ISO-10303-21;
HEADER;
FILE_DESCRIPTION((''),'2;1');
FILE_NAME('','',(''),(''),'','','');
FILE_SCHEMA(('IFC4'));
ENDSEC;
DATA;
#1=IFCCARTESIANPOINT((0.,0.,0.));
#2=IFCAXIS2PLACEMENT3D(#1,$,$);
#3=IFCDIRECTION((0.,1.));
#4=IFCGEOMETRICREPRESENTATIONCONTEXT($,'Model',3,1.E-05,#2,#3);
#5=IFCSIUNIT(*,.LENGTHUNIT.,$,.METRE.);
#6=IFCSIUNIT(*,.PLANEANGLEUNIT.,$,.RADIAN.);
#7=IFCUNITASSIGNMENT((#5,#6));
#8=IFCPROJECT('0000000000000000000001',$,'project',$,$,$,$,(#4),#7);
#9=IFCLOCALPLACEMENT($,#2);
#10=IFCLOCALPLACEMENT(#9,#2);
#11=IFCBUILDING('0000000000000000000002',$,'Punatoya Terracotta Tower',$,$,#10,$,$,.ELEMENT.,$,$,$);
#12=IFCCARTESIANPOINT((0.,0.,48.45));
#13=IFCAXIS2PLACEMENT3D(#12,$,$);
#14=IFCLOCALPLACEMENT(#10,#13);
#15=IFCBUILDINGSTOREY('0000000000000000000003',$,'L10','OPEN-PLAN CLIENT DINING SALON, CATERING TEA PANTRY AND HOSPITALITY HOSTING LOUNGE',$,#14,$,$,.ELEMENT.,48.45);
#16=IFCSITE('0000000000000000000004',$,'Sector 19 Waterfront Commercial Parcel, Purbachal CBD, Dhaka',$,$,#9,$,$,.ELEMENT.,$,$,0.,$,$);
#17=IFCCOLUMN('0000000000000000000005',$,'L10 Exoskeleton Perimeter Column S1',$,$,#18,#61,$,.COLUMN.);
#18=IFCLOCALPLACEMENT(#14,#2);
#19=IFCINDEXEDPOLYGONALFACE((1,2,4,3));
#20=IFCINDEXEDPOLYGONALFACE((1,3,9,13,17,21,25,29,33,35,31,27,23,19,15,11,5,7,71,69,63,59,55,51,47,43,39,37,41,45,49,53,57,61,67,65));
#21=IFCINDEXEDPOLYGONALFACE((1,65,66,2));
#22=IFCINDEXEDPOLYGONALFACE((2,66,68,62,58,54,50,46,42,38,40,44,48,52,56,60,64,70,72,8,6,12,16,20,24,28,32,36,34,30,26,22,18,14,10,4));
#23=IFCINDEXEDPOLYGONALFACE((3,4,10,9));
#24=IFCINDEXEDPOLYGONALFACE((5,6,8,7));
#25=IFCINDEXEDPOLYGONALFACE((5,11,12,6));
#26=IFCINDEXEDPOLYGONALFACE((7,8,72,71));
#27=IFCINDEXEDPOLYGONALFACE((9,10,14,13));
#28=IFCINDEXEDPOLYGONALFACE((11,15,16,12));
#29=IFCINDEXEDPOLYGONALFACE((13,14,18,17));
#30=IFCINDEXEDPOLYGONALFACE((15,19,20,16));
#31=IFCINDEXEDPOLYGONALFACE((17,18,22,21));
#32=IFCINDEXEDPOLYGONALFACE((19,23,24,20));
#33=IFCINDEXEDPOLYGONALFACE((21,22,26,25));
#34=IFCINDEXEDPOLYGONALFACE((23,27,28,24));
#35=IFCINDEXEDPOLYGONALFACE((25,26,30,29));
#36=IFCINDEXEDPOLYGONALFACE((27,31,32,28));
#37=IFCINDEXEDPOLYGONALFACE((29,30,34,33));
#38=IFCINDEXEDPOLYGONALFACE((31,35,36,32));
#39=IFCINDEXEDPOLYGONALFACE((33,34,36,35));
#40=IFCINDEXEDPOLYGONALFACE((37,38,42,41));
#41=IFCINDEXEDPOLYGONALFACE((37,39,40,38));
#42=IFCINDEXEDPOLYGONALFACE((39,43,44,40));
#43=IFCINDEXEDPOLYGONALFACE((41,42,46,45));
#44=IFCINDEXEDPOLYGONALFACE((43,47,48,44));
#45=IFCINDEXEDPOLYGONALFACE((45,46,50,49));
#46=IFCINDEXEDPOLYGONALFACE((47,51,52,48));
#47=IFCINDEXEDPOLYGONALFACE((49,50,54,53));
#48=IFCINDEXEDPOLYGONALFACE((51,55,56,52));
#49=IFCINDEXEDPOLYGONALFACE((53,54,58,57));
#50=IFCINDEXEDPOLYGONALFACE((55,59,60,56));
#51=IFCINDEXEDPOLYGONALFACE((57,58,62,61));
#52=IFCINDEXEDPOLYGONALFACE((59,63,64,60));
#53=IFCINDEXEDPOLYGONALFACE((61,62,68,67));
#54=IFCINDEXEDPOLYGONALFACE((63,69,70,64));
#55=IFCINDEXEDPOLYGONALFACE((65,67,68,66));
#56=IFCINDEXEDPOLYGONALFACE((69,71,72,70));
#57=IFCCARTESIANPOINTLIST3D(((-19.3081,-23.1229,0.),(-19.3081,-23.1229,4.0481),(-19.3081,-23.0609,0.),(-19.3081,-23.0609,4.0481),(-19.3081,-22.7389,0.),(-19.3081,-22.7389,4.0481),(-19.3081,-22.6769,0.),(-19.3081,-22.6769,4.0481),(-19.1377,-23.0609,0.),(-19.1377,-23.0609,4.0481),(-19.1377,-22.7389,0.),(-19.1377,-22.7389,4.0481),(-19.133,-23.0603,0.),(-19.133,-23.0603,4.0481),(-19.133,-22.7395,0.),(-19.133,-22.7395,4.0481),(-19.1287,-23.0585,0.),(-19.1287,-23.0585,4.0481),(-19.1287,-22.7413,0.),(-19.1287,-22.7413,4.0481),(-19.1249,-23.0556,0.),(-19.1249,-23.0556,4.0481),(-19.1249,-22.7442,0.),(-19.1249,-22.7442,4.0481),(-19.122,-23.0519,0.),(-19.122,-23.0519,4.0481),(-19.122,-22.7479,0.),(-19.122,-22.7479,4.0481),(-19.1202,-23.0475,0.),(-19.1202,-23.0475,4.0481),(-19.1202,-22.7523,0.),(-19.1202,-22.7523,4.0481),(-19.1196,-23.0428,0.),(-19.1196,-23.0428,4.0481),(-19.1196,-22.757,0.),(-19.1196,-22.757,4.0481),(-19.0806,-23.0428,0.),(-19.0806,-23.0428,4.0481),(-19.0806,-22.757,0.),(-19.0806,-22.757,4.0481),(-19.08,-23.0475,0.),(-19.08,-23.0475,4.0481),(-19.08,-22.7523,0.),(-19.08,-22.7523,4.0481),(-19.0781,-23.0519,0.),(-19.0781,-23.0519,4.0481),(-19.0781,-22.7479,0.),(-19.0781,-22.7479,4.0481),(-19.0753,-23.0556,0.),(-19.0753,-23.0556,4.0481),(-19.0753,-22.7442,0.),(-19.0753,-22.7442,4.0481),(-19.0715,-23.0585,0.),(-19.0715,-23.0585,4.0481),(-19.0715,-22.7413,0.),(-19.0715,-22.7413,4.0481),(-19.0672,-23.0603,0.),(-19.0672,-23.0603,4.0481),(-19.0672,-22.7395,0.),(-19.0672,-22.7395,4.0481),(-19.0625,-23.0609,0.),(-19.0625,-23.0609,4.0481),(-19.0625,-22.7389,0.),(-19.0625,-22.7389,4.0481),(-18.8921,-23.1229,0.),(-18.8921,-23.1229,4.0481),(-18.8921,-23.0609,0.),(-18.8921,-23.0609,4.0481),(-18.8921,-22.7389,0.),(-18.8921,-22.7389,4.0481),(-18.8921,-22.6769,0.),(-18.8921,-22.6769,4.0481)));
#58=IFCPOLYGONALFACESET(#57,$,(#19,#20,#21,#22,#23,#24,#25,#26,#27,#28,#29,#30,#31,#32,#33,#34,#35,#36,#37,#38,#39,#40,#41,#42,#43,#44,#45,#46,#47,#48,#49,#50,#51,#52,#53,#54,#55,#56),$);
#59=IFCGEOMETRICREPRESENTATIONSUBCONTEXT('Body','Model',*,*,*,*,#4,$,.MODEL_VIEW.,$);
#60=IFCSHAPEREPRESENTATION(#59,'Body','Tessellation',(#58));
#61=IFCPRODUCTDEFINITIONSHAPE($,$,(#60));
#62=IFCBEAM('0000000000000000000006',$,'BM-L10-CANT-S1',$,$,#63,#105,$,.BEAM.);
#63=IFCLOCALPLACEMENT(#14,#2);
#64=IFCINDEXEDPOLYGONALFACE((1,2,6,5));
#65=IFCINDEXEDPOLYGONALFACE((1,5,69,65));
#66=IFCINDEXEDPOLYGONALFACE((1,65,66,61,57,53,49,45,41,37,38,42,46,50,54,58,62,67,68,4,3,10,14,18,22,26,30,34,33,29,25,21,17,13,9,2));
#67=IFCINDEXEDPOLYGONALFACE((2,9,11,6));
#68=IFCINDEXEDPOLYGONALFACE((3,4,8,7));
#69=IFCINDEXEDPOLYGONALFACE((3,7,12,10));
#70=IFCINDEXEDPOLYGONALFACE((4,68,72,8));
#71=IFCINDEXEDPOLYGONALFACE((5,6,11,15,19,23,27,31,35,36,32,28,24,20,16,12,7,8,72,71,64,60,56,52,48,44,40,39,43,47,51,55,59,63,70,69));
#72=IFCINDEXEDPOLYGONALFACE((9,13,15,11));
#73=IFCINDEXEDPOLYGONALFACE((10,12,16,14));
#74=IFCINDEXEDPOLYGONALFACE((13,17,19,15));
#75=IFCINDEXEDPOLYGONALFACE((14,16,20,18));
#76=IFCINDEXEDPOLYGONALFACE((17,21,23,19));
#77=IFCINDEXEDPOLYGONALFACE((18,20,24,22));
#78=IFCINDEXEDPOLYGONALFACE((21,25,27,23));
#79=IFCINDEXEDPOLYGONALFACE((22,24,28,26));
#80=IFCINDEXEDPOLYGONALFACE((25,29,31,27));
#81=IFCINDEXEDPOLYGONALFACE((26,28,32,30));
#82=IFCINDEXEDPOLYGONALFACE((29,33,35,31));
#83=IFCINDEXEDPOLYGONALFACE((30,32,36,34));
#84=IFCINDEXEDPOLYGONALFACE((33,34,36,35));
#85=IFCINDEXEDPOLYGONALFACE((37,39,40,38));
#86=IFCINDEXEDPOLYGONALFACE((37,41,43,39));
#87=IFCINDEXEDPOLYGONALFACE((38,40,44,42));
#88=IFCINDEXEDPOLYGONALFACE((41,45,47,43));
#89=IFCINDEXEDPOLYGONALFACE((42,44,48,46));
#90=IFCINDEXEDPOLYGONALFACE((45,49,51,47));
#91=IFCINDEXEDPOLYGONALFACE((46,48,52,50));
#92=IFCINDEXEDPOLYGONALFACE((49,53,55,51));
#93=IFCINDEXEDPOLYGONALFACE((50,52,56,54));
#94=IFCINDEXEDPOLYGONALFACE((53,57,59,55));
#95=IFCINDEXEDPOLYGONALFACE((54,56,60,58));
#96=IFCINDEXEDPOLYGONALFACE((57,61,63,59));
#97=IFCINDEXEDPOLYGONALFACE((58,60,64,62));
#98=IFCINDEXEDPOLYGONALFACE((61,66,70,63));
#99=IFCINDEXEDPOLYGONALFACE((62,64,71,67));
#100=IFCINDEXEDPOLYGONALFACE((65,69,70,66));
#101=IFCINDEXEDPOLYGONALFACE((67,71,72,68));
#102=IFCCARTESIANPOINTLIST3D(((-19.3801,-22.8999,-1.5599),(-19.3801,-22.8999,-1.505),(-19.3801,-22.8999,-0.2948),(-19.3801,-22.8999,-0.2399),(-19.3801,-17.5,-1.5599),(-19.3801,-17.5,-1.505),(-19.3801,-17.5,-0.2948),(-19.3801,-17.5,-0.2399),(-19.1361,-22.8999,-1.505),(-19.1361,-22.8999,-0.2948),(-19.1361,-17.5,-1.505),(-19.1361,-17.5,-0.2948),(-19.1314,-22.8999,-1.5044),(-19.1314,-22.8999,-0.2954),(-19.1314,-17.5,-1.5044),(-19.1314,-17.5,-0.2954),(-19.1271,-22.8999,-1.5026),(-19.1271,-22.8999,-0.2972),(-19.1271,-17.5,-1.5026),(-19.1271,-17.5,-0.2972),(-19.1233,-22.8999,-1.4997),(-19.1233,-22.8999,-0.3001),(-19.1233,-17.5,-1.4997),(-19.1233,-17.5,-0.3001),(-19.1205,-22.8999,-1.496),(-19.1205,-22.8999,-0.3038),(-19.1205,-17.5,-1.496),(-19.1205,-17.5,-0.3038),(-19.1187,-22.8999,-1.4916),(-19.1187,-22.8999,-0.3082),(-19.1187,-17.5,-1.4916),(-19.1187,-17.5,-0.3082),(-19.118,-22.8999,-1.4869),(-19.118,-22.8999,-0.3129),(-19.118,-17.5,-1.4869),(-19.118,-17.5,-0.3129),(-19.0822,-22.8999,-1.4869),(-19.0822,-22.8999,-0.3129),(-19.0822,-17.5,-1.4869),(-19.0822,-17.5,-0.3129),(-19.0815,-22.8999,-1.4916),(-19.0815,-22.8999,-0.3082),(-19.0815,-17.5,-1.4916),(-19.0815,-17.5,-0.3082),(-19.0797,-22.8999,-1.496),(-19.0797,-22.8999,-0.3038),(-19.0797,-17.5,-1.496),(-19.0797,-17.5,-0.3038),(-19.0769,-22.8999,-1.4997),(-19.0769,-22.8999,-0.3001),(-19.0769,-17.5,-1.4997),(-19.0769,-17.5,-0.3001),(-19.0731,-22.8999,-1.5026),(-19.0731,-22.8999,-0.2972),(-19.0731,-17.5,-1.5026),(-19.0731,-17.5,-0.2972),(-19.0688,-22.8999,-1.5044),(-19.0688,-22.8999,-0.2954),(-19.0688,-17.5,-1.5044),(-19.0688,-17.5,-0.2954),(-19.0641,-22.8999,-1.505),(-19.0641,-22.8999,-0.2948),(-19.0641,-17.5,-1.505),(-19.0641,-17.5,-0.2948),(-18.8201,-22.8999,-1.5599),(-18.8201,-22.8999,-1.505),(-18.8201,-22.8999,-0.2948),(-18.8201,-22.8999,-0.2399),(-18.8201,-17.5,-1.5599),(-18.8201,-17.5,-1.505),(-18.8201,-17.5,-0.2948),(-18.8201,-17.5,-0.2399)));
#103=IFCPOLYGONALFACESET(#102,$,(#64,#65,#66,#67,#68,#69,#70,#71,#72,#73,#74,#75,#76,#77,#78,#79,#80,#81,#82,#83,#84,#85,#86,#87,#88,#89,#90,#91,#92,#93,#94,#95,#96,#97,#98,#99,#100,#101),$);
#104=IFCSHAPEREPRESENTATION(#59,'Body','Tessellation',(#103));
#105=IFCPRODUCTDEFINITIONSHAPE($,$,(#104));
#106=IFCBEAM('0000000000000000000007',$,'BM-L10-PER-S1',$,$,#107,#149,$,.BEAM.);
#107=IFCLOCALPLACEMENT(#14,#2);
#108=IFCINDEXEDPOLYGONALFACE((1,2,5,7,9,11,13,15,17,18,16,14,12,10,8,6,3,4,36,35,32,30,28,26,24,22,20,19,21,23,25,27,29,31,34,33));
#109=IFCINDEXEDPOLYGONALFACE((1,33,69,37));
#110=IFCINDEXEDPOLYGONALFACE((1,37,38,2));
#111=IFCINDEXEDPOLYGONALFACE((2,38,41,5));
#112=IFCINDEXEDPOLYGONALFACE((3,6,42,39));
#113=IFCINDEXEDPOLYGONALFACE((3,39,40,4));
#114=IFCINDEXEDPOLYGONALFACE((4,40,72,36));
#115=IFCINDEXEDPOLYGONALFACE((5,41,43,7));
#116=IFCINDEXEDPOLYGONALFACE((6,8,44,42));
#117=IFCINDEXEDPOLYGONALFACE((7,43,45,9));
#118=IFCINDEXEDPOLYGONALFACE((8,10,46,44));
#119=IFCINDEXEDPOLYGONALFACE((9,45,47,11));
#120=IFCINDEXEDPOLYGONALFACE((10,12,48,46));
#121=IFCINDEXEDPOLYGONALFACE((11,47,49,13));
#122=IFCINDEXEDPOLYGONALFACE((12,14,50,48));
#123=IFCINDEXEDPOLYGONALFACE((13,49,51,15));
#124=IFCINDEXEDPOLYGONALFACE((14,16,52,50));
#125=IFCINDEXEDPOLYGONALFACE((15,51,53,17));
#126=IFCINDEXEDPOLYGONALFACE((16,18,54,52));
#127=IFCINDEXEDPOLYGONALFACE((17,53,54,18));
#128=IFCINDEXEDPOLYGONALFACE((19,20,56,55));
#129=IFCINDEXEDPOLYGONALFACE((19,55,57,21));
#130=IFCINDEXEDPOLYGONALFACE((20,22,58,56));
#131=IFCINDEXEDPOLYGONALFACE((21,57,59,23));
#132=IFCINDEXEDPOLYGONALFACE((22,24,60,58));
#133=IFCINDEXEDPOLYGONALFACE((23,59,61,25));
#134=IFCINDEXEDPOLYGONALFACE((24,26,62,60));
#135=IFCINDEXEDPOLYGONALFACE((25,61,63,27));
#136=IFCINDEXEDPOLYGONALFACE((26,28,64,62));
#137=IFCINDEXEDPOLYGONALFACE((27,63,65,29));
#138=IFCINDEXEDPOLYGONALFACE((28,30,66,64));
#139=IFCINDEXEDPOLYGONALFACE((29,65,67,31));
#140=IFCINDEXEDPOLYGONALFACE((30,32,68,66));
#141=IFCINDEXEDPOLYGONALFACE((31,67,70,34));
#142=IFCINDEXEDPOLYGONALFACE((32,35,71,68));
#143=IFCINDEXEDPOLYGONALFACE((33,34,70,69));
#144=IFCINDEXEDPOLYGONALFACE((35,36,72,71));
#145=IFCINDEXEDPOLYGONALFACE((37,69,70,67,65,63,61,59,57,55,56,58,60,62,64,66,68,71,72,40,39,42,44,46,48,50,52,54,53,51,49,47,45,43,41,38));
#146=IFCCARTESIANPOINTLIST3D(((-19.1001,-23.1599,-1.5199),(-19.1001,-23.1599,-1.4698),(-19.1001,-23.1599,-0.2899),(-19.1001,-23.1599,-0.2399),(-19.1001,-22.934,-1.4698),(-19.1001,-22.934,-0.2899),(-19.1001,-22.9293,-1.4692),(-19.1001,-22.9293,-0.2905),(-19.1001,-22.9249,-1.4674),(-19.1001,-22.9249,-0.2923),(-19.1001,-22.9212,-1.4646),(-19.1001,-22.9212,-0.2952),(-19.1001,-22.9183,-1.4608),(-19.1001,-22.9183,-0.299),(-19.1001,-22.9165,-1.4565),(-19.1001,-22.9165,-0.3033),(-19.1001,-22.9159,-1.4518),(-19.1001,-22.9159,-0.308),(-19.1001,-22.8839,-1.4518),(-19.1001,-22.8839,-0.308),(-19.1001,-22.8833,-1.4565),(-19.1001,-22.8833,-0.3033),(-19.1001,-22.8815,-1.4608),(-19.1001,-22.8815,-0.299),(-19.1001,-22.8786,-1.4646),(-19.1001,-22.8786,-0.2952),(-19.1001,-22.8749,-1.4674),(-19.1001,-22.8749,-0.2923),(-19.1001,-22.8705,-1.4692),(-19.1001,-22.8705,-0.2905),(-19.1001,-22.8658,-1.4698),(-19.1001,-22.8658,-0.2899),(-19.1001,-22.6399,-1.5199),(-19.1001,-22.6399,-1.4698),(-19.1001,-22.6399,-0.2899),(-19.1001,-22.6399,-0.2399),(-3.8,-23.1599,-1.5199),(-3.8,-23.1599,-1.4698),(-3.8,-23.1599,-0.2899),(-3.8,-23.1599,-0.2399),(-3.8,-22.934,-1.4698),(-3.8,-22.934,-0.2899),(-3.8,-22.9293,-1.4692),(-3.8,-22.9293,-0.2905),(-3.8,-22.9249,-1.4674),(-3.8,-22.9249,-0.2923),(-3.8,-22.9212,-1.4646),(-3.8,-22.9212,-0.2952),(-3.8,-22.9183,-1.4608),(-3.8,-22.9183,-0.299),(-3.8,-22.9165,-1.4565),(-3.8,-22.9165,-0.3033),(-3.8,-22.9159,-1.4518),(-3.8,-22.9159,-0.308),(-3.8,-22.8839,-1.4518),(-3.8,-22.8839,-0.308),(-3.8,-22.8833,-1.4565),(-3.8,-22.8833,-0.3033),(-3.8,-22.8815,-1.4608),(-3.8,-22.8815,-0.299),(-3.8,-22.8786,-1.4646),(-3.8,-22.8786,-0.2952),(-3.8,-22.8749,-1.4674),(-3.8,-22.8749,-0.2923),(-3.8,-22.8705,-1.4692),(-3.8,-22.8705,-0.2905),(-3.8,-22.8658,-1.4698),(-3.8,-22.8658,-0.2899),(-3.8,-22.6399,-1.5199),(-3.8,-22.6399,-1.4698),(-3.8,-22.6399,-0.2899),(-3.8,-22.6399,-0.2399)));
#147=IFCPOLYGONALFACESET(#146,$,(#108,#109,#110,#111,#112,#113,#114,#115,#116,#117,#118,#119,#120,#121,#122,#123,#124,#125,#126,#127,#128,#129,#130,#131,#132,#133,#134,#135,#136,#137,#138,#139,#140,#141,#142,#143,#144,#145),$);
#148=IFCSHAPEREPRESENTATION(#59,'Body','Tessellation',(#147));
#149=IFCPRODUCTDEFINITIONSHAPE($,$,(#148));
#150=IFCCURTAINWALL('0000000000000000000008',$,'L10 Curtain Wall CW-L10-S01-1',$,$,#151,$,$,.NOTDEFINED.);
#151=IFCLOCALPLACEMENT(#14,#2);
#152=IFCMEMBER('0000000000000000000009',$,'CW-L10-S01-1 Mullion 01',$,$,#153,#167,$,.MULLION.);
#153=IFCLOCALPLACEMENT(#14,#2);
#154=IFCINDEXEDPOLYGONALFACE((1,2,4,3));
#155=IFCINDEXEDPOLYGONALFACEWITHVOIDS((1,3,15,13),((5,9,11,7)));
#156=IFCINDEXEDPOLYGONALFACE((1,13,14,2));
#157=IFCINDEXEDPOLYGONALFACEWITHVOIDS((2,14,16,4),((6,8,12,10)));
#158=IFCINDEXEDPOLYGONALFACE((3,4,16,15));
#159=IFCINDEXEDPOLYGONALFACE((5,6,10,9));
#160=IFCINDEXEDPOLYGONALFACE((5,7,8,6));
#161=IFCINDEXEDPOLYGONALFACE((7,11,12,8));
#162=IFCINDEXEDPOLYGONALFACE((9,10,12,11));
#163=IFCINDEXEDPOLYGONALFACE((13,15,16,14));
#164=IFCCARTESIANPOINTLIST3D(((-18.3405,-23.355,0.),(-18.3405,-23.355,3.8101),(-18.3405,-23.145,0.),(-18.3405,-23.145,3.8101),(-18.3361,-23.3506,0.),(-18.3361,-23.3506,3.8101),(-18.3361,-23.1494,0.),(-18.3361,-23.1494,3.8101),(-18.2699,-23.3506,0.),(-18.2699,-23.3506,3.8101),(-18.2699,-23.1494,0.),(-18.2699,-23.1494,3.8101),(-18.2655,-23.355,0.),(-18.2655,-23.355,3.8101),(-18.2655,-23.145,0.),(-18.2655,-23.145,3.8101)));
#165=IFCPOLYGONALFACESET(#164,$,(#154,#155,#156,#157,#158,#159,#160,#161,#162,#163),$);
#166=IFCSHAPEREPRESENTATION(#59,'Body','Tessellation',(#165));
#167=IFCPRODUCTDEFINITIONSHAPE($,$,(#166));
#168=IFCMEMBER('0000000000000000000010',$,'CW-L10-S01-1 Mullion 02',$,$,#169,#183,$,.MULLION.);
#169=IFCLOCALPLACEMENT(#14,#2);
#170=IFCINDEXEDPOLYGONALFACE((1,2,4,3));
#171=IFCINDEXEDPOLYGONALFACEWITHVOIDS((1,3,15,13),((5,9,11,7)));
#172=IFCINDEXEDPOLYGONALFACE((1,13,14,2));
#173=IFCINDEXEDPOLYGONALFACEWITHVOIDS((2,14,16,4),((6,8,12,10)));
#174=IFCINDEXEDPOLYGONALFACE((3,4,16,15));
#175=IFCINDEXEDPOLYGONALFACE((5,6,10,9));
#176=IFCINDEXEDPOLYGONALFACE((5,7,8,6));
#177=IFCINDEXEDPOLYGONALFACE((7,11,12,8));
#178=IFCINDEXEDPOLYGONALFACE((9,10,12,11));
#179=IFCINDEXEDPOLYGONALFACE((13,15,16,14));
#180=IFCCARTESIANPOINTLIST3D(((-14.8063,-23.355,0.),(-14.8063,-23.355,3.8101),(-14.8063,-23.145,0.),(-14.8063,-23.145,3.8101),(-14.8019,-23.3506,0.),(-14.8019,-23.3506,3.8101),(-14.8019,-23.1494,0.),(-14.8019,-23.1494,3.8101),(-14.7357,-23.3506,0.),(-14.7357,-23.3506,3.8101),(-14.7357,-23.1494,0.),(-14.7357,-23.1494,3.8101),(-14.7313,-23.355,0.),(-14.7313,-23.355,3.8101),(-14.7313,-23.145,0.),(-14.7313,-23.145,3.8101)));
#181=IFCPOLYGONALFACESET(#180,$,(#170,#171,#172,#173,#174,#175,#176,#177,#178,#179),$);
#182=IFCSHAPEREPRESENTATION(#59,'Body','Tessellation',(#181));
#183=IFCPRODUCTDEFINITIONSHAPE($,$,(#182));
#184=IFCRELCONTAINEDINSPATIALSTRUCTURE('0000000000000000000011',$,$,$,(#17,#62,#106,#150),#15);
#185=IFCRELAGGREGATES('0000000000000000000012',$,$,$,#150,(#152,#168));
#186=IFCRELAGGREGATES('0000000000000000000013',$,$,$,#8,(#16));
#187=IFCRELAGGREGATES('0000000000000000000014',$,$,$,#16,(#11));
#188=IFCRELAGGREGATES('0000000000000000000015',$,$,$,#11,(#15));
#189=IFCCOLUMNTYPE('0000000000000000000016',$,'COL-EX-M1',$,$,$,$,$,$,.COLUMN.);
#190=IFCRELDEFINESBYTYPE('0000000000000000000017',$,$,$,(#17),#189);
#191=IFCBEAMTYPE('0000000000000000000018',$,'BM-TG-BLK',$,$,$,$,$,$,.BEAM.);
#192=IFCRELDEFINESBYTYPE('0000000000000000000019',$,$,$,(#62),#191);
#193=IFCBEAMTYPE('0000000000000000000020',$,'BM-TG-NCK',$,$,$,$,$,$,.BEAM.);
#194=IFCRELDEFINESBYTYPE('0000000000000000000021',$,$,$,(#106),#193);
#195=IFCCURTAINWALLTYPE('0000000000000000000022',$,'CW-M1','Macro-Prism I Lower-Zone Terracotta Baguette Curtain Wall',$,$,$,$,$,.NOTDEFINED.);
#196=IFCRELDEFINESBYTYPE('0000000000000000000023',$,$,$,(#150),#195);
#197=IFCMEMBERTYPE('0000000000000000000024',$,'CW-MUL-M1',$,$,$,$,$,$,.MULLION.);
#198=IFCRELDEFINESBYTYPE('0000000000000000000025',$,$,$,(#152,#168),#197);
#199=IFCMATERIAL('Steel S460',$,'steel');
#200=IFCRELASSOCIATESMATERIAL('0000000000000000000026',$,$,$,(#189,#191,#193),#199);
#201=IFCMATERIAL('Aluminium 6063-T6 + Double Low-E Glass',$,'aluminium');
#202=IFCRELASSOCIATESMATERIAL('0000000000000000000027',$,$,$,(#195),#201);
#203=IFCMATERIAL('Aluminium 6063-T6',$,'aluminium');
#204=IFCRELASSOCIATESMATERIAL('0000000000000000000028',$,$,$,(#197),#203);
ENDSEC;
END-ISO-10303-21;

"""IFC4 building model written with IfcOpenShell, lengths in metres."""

from ifc_helpers import new_model, si_unit, direction, frame, origin, origin_2d, place, context, subcontext, project, spatial, hollow_rectangle, i_section, extrude, material, material_profile, profile_set, type_object, element, aggregate, save


model = new_model("IFC4")

# Units and contexts
model_context = context("Model", 3, precision=1e-05, world=origin(), true_north=direction((0.0, 1.0)))
body_context = subcontext(model_context, "Body", "Model", "MODEL_VIEW")
ifc_project = project(units=[si_unit("LENGTHUNIT", "METRE"), si_unit("PLANEANGLEUNIT", "RADIAN")], contexts=[model_context])

# Site, building, storey
site_placement = place(None, origin())
site = spatial("IfcSite", under=ifc_project, at=site_placement, Name="Sector 19 Waterfront Commercial Parcel, Purbachal CBD, Dhaka", CompositionType="ELEMENT", RefElevation=0.0)
building_placement = place(site_placement, origin())
building = spatial("IfcBuilding", under=site, at=building_placement, Name="Punatoya Terracotta Tower", CompositionType="ELEMENT")
storey_placement = place(building_placement, frame((0.0, 0.0, 48.45)))
storey = spatial("IfcBuildingStorey", under=building, at=storey_placement, Name="L10", Description="OPEN-PLAN CLIENT DINING SALON, CATERING TEA PANTRY AND HOSPITALITY HOSTING LOUNGE", CompositionType="ELEMENT", Elevation=48.45)

# Column
ifc_material_1 = material(Name="Steel S460", Category="steel")
ifc_material_profile_1 = material_profile(ifc_material_1, i_section(OverallWidth=0.416, OverallDepth=0.446, WebThickness=0.0391, FlangeThickness=0.062, FilletRadius=0.0181, at=origin_2d()))
ifc_profile_set_1 = profile_set([ifc_material_profile_1], Name="Steel S460")
column_type = type_object("IfcColumnType", Name="COL-EX-M1", PredefinedType="COLUMN", material=ifc_profile_set_1)
column_placement = place(storey_placement, frame((-19.1001, -22.8999, 0.0), z_axis=(0.0, 0.0, 1.0), x_axis=(1.0, 0.0, 0.0)))
element("IfcColumn", 1, at=column_placement, inside=storey, type_object=column_type, Name="L10 Exoskeleton Perimeter Column S1", PredefinedType="COLUMN", context=body_context, shape_type="SweptSolid", body=[
    extrude(i_section(OverallWidth=0.416, OverallDepth=0.446, WebThickness=0.0391, FlangeThickness=0.062, FilletRadius=0.0181, at=origin_2d()), origin(), (0.0, 0.0, 1.0), 4.0481),
])

# Beams
ifc_material_profile_2 = material_profile(ifc_material_1, i_section(OverallWidth=0.5601, OverallDepth=1.3201, WebThickness=0.0359, FlangeThickness=0.0549, FilletRadius=0.0181, at=origin_2d()))
ifc_profile_set_2 = profile_set([ifc_material_profile_2], Name="Steel S460")
beam_type_1 = type_object("IfcBeamType", Name="BM-TG-BLK", PredefinedType="BEAM", material=ifc_profile_set_2)
beam_1_placement = place(storey_placement, frame((-19.1001, -22.8999, -0.8999), z_axis=(0.0, 1.0, 0.0), x_axis=(-1.0, 0.0, 0.0)))
element("IfcBeam", 2, at=beam_1_placement, inside=storey, type_object=beam_type_1, Name="BM-L10-CANT-S1", PredefinedType="BEAM", context=body_context, shape_type="SweptSolid", body=[
    extrude(i_section(OverallWidth=0.5601, OverallDepth=1.3201, WebThickness=0.0359, FlangeThickness=0.0549, FilletRadius=0.0181, at=origin_2d()), origin(), (0.0, 0.0, 1.0), 5.3999),
])
ifc_material_profile_3 = material_profile(ifc_material_1, i_section(OverallWidth=0.52, OverallDepth=1.28, WebThickness=0.032, FlangeThickness=0.05, FilletRadius=0.0181, at=origin_2d()))
ifc_profile_set_3 = profile_set([ifc_material_profile_3], Name="Steel S460")
beam_type_2 = type_object("IfcBeamType", Name="BM-TG-NCK", PredefinedType="BEAM", material=ifc_profile_set_3)
beam_2_placement = place(storey_placement, frame((-19.1001, -22.8999, -0.8799), z_axis=(1.0, 0.0, 0.0), x_axis=(0.0, 1.0, 0.0)))
element("IfcBeam", 3, at=beam_2_placement, inside=storey, type_object=beam_type_2, Name="BM-L10-PER-S1", PredefinedType="BEAM", context=body_context, shape_type="SweptSolid", body=[
    extrude(i_section(OverallWidth=0.52, OverallDepth=1.28, WebThickness=0.032, FlangeThickness=0.05, FilletRadius=0.0181, at=origin_2d()), origin(), (0.0, 0.0, 1.0), 15.3),
])

# Curtain wall, members
ifc_material_2 = material(Name="Aluminium 6063-T6 + Double Low-E Glass", Category="aluminium")
curtain_wall_type = type_object("IfcCurtainWallType", Name="CW-M1", Description="Macro-Prism I Lower-Zone Terracotta Baguette Curtain Wall", PredefinedType="NOTDEFINED", material=ifc_material_2)
curtain_wall_placement = place(storey_placement, origin())
curtain_wall = element("IfcCurtainWall", 4, at=curtain_wall_placement, inside=storey, type_object=curtain_wall_type, Name="L10 Curtain Wall CW-L10-S01-1", PredefinedType="NOTDEFINED")
ifc_material_3 = material(Name="Aluminium 6063-T6", Category="aluminium")
ifc_material_profile_4 = material_profile(ifc_material_3, hollow_rectangle(XDim=0.075, YDim=0.21, WallThickness=0.0044, at=origin_2d()))
ifc_profile_set_4 = profile_set([ifc_material_profile_4], Name="Aluminium 6063-T6")
member_type_1 = type_object("IfcMemberType", Name="CW-MUL-M1", PredefinedType="MULLION", material=ifc_profile_set_4)
member_1_placement = place(storey_placement, frame((-18.303, -23.25, 0.0), z_axis=(0.0, 0.0, 1.0), x_axis=(1.0, 0.0, 0.0)))
member_1 = element("IfcMember", 5, at=member_1_placement, type_object=member_type_1, Name="CW-L10-S01-1 Mullion 01", PredefinedType="MULLION", context=body_context, shape_type="SweptSolid", body=[
    extrude(hollow_rectangle(XDim=0.075, YDim=0.21, WallThickness=0.0044, at=origin_2d()), origin(), (0.0, 0.0, 1.0), 3.8101),
])
member_2_placement = place(storey_placement, frame((-14.7688, -23.25, 0.0), z_axis=(0.0, 0.0, 1.0), x_axis=(1.0, 0.0, 0.0)))
member_2 = element("IfcMember", 6, at=member_2_placement, type_object=member_type_1, Name="CW-L10-S01-1 Mullion 02", PredefinedType="MULLION", context=body_context, shape_type="SweptSolid", body=[
    extrude(hollow_rectangle(XDim=0.075, YDim=0.21, WallThickness=0.0044, at=origin_2d()), origin(), (0.0, 0.0, 1.0), 3.8101),
])

aggregate(curtain_wall, [member_1, member_2])

save(model, "model.ifc")
